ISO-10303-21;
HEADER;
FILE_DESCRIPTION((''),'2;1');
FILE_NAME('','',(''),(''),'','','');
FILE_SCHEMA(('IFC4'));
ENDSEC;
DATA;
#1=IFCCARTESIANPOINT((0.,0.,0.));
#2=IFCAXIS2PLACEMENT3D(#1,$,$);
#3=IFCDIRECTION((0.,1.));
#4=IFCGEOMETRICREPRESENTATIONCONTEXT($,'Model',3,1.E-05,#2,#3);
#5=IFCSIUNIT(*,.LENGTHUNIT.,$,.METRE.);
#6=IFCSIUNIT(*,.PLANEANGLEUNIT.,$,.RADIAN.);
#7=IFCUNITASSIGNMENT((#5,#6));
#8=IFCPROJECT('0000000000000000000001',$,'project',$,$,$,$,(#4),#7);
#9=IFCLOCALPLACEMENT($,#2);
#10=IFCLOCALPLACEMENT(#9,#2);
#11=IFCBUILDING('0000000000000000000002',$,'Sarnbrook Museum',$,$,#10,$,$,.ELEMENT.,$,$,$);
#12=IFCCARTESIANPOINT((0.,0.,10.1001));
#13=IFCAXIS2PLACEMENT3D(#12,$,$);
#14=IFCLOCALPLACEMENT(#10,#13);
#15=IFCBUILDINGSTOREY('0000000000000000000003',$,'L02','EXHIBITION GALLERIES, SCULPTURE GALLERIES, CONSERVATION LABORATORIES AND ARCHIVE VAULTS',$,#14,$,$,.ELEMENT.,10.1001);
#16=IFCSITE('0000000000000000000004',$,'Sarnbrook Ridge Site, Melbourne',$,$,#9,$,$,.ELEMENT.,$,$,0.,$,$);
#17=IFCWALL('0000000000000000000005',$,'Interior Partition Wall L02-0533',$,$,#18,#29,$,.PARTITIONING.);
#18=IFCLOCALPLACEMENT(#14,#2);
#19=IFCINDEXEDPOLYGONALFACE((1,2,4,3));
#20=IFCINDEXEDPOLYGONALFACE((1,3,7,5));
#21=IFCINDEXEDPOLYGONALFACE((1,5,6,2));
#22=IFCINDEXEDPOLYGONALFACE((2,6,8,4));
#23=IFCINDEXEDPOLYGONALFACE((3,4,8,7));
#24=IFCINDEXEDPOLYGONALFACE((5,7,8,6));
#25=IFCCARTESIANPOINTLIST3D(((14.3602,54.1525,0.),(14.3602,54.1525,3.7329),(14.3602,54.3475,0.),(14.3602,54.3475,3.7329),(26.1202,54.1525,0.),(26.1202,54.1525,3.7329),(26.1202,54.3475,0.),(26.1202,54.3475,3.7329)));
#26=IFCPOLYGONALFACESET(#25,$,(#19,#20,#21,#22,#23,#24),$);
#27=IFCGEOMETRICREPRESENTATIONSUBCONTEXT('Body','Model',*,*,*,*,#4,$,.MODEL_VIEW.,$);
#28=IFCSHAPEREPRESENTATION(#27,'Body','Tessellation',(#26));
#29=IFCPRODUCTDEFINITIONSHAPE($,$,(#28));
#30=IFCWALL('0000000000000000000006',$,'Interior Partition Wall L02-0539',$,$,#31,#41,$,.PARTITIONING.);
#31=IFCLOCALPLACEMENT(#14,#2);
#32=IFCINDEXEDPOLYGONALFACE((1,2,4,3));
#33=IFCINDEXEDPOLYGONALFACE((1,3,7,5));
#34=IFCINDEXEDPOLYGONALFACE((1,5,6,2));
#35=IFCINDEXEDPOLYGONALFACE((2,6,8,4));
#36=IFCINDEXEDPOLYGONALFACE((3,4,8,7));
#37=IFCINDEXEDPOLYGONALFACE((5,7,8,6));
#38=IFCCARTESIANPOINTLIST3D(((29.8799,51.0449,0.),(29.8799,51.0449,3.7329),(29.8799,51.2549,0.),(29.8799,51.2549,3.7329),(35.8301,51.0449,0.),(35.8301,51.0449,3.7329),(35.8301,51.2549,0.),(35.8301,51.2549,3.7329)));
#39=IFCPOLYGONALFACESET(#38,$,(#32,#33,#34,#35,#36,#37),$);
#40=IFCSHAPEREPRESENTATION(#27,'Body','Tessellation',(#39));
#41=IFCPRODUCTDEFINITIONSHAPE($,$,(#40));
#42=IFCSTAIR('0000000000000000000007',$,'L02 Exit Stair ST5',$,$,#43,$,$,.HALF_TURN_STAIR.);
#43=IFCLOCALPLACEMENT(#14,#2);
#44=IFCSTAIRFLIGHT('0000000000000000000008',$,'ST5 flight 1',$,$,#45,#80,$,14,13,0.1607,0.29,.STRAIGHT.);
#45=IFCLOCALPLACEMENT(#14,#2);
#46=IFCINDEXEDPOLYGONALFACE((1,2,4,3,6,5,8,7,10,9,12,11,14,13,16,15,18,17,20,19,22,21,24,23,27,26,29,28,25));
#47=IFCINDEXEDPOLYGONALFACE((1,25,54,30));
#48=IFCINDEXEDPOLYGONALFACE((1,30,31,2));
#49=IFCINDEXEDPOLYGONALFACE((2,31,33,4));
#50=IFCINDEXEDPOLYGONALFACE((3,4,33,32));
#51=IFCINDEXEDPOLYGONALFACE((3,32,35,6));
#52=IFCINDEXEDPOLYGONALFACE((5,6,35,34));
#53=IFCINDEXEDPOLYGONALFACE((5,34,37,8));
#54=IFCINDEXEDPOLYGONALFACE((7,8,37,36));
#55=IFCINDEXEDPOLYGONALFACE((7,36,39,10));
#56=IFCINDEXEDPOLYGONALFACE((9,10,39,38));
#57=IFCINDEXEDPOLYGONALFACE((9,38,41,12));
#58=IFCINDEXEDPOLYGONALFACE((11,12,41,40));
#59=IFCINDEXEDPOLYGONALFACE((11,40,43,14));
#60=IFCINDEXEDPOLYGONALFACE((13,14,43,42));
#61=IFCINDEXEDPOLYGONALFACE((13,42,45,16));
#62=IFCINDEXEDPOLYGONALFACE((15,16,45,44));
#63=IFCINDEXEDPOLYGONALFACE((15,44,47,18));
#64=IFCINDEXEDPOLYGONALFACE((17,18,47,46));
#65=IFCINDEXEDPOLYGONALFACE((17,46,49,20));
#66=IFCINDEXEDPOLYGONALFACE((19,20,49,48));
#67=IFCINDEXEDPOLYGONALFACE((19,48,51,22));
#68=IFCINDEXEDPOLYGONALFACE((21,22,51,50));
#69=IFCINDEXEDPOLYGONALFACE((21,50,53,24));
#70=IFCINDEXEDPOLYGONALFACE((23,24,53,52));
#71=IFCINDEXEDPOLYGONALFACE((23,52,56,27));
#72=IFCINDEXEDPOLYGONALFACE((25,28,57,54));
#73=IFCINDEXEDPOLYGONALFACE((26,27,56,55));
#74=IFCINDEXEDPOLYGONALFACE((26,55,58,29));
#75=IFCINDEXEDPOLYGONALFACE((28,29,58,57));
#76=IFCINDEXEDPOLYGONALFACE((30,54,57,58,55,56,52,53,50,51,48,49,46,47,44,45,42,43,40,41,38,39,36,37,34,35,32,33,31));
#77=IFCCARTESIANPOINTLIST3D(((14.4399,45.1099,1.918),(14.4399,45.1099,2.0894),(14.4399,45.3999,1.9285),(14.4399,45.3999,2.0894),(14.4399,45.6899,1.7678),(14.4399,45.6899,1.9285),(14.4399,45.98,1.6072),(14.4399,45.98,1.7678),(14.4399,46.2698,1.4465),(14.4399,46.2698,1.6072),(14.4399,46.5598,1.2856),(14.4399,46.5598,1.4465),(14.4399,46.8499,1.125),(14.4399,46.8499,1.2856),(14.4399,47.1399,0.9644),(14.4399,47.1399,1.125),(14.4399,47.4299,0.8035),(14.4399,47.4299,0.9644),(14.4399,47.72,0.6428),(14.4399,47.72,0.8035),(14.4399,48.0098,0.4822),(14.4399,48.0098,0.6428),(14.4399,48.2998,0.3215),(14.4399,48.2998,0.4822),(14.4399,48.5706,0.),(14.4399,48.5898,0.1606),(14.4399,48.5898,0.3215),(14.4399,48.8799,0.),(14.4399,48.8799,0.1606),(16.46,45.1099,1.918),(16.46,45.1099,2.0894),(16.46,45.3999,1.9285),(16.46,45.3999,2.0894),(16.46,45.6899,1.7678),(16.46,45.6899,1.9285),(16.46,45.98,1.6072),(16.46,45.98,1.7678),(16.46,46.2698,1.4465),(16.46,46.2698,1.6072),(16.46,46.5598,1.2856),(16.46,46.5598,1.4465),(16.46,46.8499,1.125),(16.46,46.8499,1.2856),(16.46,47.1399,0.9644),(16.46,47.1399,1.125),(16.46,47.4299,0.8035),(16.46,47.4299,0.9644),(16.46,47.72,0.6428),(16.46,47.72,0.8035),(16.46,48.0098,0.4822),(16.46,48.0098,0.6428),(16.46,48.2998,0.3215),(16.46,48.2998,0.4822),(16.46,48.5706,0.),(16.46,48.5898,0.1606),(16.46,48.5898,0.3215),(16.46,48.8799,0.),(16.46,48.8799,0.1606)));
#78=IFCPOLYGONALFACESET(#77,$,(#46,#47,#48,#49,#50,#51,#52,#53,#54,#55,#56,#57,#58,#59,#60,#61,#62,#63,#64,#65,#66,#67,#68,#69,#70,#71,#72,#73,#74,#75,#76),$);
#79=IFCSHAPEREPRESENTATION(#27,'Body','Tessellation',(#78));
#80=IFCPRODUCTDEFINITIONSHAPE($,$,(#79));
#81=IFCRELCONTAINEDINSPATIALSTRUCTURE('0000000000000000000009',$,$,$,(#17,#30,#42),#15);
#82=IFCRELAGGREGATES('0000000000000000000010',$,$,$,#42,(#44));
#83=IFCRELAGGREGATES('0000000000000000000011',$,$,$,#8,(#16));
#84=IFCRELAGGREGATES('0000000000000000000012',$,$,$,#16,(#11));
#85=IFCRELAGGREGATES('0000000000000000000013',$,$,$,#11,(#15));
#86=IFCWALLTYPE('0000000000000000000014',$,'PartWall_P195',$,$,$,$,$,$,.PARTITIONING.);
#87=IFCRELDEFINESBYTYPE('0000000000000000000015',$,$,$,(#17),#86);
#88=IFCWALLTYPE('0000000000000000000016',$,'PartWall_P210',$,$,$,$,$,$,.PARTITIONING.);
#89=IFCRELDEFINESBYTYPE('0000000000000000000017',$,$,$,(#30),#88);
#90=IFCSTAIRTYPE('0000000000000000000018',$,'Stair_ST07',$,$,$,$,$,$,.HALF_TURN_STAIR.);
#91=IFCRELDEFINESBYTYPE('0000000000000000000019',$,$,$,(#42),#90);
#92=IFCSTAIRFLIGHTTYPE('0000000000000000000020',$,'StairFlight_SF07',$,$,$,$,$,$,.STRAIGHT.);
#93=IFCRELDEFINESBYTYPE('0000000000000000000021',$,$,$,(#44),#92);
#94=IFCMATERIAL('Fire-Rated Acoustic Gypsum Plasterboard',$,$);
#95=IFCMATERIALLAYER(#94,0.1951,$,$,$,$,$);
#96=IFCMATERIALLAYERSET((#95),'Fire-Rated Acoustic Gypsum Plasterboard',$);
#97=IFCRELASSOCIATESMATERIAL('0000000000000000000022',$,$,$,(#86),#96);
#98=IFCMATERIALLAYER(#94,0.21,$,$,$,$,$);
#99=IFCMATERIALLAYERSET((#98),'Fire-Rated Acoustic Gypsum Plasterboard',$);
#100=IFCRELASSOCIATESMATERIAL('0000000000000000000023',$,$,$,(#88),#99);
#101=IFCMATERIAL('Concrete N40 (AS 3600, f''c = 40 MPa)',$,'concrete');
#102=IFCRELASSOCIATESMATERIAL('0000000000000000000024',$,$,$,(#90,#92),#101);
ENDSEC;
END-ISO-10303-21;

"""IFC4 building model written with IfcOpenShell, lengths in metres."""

from ifc_helpers import new_model, si_unit, direction, frame, frame_2d, origin, place, context, subcontext, project, spatial, polyline, rectangle, outline, extrude, material, layer, layer_set, type_object, element, aggregate, save


model = new_model("IFC4")

# Units and contexts
model_context = context("Model", 3, precision=1e-05, world=origin(), true_north=direction((0.0, 1.0)))
body_context = subcontext(model_context, "Body", "Model", "MODEL_VIEW")
ifc_project = project(units=[si_unit("LENGTHUNIT", "METRE"), si_unit("PLANEANGLEUNIT", "RADIAN")], contexts=[model_context])

# Site, building, storey
site_placement = place(None, origin())
site = spatial("IfcSite", under=ifc_project, at=site_placement, Name="Sarnbrook Ridge Site, Melbourne", CompositionType="ELEMENT", RefElevation=0.0)
building_placement = place(site_placement, origin())
building = spatial("IfcBuilding", under=site, at=building_placement, Name="Sarnbrook Museum", CompositionType="ELEMENT")
storey_placement = place(building_placement, frame((0.0, 0.0, 10.1001)))
storey = spatial("IfcBuildingStorey", under=building, at=storey_placement, Name="L02", Description="EXHIBITION GALLERIES, SCULPTURE GALLERIES, CONSERVATION LABORATORIES AND ARCHIVE VAULTS", CompositionType="ELEMENT", Elevation=10.1001)

# Shared definitions
ifc_material_1 = material(Name="Fire-Rated Acoustic Gypsum Plasterboard")

# Walls
ifc_layer_1 = layer(ifc_material_1, 0.1951)
ifc_layer_set_1 = layer_set([ifc_layer_1], Name="Fire-Rated Acoustic Gypsum Plasterboard")
wall_type_1 = type_object("IfcWallType", Name="PartWall_P195", PredefinedType="PARTITIONING", material=ifc_layer_set_1)
wall_1_placement = place(storey_placement, frame((26.1201, 54.25, 0.0), z_axis=(0.0, 0.0, 1.0), x_axis=(-1.0, 0.0, 0.0)))
element("IfcWall", 1, at=wall_1_placement, inside=storey, type_object=wall_type_1, Name="Interior Partition Wall L02-0533", PredefinedType="PARTITIONING", context=body_context, shape_type="SweptSolid", body=[
    extrude(rectangle(XDim=11.76, YDim=0.1951, at=frame_2d((5.8799, 0.0))), origin(), (0.0, 0.0, 1.0), 3.7329),
])
ifc_layer_2 = layer(ifc_material_1, 0.21)
ifc_layer_set_2 = layer_set([ifc_layer_2], Name="Fire-Rated Acoustic Gypsum Plasterboard")
wall_type_2 = type_object("IfcWallType", Name="PartWall_P210", PredefinedType="PARTITIONING", material=ifc_layer_set_2)
wall_2_placement = place(storey_placement, frame((29.8799, 51.1499, 0.0), z_axis=(0.0, 0.0, 1.0), x_axis=(1.0, 0.0, 0.0)))
element("IfcWall", 2, at=wall_2_placement, inside=storey, type_object=wall_type_2, Name="Interior Partition Wall L02-0539", PredefinedType="PARTITIONING", context=body_context, shape_type="SweptSolid", body=[
    extrude(rectangle(XDim=5.9502, YDim=0.21, at=frame_2d((2.9751, 0.0))), origin(), (0.0, 0.0, 1.0), 3.7329),
])

# Stair, stair flight
ifc_material_2 = material(Name="Concrete N40 (AS 3600, f'c = 40 MPa)", Category="concrete")
stair_type = type_object("IfcStairType", Name="Stair_ST07", PredefinedType="HALF_TURN_STAIR", material=ifc_material_2)
stair_placement = place(storey_placement, origin())
stair = element("IfcStair", 3, at=stair_placement, inside=storey, type_object=stair_type, Name="L02 Exit Stair ST5", PredefinedType="HALF_TURN_STAIR")
stair_flight_type = type_object("IfcStairFlightType", Name="StairFlight_SF07", PredefinedType="STRAIGHT", material=ifc_material_2)
stair_flight_placement = place(storey_placement, frame((15.45, 48.8799, 0.0), z_axis=(0.0, 0.0, 1.0), x_axis=(0.0, -1.0, 0.0)))
stair_flight = element("IfcStairFlight", 4, at=stair_flight_placement, type_object=stair_flight_type, Name="ST5 flight 1", NumberOfRisers=14, NumberOfTreads=13, PredefinedType="STRAIGHT", RiserHeight=0.1607, TreadLength=0.29, context=body_context, shape_type="SweptSolid", body=[
    extrude(outline(polyline([(0.0, 0.0), (0.0, 0.1606), (0.29, 0.1606), (0.29, 0.3215), (0.5801, 0.3215), (0.5801, 0.4822), (0.8701, 0.4822), (0.8701, 0.6428), (1.1599, 0.6428), (1.1599, 0.8035), (1.45, 0.8035), (1.45, 0.9644), (1.74, 0.9644), (1.74, 1.125), (2.03, 1.125), (2.03, 1.2856), (2.3201, 1.2856), (2.3201, 1.4465), (2.6101, 1.4465), (2.6101, 1.6072), (2.8999, 1.6072), (2.8999, 1.7678), (3.1899, 1.7678), (3.1899, 1.9285), (3.48, 1.9285), (3.48, 2.0894), (3.77, 2.0894), (3.77, 2.25), (3.77, 1.918), (0.3093, 0.0), (0.0, 0.0)])), frame((0.0, 1.01, 0.0), z_axis=(0.0, -1.0, 0.0), x_axis=(1.0, 0.0, 0.0)), (0.0, 0.0, 1.0), 2.02),
])
aggregate(stair, [stair_flight])

save(model, "model.ifc")
